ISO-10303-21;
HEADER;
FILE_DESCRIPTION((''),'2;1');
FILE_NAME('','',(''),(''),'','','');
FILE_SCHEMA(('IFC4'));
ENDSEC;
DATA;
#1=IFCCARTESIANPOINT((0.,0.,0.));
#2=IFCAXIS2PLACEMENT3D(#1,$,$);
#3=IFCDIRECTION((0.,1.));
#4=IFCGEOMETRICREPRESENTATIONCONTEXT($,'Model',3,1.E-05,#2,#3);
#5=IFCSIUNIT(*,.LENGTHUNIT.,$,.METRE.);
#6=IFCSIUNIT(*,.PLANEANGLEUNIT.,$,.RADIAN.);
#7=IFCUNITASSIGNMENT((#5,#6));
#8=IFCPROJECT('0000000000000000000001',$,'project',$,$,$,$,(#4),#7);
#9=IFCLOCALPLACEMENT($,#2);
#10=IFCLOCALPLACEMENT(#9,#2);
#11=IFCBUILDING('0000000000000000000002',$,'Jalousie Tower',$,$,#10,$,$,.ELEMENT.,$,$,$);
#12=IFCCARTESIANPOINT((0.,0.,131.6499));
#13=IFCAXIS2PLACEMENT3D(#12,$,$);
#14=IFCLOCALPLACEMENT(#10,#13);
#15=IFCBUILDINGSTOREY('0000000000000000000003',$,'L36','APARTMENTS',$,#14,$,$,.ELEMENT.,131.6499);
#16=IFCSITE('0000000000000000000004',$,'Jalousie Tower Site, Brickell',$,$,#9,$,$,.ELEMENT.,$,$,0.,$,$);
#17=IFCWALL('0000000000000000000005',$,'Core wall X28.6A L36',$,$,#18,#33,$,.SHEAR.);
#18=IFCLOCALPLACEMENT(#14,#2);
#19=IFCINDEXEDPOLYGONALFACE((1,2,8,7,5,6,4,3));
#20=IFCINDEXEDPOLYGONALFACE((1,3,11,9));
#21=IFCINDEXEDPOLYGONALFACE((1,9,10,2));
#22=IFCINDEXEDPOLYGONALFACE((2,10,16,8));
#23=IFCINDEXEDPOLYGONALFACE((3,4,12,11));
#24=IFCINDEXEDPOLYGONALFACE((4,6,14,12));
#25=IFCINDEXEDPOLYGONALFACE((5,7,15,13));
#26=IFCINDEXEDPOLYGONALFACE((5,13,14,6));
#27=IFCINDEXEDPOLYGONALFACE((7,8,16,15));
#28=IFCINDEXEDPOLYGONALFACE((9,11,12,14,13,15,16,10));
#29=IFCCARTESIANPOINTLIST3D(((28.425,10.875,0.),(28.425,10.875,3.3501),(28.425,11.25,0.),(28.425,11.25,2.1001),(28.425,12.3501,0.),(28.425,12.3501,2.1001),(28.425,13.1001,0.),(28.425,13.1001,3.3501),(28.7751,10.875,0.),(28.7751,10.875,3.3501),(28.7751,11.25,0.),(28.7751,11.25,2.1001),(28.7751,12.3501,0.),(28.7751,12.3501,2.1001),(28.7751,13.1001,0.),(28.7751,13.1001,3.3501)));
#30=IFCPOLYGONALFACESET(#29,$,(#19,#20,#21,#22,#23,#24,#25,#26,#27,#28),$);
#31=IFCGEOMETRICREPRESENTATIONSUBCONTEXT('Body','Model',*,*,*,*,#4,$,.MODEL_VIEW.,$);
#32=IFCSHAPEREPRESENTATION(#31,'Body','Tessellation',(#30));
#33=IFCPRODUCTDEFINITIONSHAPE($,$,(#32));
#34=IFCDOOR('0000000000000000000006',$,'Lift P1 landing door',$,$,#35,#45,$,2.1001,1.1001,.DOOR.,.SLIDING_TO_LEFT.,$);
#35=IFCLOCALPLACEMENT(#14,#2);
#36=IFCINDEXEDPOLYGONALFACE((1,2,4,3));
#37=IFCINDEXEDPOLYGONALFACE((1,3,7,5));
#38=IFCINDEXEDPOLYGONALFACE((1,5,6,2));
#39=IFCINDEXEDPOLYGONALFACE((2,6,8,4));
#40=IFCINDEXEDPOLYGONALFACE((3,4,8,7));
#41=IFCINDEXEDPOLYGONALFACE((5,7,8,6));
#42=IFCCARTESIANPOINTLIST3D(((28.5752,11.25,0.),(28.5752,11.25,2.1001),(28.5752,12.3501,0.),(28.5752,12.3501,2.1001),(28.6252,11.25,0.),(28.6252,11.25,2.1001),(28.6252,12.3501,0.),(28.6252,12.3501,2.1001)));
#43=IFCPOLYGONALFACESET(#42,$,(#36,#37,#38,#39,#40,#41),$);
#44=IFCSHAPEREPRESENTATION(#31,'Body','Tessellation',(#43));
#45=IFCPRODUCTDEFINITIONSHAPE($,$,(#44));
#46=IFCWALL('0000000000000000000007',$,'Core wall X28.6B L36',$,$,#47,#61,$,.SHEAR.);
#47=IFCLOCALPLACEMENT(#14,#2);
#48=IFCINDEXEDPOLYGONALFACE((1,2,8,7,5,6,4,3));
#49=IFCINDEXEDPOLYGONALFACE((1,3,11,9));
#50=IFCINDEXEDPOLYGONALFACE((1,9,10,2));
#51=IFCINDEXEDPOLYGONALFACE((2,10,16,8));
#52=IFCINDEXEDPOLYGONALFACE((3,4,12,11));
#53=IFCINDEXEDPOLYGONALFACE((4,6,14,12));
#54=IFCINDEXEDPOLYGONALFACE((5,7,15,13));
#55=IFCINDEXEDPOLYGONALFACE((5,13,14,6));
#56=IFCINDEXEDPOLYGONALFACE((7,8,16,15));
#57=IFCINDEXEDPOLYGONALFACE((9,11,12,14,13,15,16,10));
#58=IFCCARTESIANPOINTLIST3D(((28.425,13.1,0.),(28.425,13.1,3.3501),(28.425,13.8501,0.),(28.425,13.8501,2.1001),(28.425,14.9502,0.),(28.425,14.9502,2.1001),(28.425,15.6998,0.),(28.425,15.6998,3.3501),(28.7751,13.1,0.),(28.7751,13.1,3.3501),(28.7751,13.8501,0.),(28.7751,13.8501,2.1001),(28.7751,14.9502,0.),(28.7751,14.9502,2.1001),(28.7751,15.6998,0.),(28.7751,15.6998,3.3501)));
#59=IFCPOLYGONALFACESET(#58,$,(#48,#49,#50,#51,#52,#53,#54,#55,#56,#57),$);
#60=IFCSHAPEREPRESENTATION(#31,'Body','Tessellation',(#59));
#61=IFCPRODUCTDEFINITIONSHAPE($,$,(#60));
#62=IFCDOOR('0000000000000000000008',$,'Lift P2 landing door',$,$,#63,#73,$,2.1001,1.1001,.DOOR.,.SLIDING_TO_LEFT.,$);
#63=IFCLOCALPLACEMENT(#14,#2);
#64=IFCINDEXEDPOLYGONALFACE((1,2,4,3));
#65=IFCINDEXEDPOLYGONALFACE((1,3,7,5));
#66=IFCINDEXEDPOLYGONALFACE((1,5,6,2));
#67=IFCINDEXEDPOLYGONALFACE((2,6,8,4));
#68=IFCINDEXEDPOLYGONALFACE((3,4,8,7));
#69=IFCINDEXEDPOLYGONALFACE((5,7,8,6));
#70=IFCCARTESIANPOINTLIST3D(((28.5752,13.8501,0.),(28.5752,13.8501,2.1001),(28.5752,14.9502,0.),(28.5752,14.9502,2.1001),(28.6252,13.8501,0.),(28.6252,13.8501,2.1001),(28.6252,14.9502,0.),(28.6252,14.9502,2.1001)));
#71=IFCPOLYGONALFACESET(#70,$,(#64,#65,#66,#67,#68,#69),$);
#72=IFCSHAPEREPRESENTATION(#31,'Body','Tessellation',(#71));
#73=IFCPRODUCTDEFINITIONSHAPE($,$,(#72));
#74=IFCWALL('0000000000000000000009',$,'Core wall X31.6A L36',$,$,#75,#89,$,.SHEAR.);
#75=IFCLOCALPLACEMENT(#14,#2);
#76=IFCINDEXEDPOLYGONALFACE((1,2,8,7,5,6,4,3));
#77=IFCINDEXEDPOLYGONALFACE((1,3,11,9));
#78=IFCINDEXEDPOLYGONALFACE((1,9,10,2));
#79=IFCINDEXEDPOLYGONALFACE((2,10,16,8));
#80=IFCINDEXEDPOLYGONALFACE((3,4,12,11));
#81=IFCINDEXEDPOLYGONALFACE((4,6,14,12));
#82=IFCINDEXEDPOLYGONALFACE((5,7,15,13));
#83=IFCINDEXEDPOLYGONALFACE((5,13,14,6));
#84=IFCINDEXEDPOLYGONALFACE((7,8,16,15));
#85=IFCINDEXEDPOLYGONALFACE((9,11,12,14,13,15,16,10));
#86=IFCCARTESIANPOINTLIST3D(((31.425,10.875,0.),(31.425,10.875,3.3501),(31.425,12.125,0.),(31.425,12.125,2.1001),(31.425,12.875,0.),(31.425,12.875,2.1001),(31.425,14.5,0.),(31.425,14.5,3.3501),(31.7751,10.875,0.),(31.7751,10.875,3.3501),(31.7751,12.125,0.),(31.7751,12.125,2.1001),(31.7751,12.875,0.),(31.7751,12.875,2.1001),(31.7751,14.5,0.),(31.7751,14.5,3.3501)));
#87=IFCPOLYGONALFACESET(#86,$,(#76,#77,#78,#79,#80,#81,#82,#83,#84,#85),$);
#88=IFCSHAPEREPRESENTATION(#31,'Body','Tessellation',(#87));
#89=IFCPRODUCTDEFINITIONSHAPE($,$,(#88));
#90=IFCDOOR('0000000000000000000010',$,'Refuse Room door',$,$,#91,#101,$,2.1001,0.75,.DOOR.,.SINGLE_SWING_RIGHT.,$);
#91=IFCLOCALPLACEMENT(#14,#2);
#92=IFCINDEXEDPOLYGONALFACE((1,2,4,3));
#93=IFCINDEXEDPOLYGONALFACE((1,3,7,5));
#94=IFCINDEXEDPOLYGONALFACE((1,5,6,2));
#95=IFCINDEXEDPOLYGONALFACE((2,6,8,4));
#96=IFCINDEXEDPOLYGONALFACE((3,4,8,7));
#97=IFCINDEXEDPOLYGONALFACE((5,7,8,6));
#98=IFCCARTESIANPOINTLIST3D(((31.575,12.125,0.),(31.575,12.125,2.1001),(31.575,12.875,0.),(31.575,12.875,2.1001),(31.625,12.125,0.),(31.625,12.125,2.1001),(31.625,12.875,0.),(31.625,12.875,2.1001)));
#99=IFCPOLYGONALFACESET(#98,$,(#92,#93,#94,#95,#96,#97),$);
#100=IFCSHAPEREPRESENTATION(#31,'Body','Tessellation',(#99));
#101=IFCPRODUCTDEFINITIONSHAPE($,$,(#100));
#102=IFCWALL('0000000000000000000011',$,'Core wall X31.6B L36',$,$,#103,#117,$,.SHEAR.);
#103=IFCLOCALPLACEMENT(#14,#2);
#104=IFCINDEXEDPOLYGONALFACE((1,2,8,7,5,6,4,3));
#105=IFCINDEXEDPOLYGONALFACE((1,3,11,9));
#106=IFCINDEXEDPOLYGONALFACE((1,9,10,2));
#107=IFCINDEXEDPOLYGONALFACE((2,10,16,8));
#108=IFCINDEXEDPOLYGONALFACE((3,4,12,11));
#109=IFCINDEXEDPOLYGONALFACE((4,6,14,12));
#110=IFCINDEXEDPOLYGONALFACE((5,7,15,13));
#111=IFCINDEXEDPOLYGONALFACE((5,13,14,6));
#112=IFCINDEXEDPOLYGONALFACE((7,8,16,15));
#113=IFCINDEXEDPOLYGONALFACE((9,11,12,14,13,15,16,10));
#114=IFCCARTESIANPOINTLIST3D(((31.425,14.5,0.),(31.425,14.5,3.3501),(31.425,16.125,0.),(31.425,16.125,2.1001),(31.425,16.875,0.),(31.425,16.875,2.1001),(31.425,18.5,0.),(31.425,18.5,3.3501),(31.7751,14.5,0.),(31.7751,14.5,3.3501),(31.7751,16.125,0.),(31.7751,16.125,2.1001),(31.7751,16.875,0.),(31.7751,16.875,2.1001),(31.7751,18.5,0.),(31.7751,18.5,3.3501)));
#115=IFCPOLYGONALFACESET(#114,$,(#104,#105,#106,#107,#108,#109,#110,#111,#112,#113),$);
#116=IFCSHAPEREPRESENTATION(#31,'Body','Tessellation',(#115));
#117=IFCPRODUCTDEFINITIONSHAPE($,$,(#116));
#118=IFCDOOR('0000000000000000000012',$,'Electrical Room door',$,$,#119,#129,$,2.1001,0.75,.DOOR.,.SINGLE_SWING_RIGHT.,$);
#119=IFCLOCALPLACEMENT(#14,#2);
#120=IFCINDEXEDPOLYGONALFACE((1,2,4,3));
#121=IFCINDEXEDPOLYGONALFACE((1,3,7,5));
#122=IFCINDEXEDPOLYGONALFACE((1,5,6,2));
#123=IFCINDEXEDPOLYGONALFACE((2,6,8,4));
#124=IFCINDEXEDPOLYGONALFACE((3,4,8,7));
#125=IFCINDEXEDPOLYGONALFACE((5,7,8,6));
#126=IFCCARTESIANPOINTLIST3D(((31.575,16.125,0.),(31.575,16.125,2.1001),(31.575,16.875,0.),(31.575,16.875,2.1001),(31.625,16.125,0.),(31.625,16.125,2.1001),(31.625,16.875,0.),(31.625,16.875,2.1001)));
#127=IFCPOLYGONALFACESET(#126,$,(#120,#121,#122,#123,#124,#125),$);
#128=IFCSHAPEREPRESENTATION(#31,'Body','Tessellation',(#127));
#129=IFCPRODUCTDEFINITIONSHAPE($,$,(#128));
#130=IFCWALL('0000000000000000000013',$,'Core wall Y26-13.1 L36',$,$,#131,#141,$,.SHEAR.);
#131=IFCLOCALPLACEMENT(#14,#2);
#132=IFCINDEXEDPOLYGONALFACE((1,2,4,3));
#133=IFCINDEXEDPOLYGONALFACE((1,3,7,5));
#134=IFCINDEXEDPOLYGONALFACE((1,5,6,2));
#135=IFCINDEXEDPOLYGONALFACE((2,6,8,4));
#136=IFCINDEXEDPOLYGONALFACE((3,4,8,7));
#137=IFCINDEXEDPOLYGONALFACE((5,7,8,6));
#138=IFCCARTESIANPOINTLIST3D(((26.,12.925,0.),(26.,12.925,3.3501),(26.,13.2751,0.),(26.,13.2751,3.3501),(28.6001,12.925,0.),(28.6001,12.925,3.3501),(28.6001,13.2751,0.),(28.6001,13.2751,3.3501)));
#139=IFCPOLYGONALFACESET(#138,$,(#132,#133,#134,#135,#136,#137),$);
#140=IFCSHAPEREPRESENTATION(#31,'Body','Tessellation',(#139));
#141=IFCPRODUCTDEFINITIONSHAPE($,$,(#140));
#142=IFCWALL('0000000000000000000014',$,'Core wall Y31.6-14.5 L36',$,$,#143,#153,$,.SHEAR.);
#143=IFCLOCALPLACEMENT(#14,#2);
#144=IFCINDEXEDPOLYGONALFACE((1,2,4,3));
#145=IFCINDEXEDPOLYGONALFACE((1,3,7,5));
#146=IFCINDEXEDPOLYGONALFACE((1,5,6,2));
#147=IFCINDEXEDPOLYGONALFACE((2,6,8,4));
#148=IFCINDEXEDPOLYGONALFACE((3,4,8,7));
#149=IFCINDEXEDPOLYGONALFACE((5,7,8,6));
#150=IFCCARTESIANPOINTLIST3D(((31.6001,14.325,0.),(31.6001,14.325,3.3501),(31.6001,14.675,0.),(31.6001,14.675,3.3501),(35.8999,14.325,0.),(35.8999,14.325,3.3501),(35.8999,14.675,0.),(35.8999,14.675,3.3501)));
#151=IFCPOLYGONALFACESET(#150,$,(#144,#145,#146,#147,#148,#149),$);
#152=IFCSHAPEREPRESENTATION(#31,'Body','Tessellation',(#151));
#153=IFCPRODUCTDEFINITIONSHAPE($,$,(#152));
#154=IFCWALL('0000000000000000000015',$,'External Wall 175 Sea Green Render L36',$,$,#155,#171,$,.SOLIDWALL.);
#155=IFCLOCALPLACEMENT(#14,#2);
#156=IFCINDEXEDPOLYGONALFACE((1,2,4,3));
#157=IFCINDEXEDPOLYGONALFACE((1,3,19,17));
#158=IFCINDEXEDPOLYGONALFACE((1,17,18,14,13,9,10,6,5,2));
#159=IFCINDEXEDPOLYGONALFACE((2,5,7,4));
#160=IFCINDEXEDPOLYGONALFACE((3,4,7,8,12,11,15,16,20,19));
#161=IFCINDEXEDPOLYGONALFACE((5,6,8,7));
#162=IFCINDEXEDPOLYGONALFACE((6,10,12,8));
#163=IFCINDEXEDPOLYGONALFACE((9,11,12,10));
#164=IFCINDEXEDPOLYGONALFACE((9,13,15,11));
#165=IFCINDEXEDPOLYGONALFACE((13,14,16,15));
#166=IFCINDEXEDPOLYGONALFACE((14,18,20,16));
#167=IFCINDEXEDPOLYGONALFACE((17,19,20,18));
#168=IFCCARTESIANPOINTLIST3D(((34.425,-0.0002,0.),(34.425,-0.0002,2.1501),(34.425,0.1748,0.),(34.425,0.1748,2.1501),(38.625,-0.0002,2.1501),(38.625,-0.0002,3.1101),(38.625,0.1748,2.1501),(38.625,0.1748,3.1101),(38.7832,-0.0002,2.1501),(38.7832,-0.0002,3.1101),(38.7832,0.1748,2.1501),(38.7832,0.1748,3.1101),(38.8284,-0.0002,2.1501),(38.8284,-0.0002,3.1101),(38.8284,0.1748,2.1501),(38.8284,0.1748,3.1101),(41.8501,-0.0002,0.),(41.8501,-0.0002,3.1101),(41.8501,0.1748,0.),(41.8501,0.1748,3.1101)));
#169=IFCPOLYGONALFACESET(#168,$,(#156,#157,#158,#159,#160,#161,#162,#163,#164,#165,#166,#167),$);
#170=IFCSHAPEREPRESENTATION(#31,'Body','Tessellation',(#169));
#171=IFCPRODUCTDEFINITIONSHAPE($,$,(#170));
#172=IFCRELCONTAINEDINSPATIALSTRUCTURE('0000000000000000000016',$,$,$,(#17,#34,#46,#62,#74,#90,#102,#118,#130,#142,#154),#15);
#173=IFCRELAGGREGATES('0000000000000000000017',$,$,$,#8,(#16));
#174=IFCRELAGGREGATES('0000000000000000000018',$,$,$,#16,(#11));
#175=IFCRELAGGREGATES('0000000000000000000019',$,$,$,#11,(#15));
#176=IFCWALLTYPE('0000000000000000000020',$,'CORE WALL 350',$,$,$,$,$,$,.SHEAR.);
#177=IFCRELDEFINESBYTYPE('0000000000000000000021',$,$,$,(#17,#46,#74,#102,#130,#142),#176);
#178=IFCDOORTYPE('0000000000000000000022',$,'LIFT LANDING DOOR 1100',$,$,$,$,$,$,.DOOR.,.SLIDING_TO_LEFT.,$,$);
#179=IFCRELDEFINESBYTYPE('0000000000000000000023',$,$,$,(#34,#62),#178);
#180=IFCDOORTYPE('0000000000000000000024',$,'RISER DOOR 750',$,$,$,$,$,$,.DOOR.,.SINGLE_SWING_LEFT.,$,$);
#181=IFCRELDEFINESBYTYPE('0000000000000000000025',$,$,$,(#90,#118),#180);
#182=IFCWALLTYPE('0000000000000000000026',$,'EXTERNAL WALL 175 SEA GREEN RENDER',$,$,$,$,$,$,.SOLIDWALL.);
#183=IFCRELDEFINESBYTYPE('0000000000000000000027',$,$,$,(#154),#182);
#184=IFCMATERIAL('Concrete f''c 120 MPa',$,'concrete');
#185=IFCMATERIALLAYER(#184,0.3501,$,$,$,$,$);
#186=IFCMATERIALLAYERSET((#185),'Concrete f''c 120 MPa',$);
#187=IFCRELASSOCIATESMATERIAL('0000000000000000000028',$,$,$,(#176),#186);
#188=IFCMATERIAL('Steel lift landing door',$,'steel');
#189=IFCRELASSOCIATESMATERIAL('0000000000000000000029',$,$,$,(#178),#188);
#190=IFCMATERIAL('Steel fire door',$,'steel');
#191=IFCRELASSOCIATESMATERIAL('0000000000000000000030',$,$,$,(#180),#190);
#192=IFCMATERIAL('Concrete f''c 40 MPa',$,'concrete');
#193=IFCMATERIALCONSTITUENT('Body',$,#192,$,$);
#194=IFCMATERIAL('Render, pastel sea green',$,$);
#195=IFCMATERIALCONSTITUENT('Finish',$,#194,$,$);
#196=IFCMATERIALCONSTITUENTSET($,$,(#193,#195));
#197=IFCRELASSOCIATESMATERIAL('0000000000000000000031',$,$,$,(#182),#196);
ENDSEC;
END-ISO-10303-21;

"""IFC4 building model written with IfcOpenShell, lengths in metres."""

from ifc_helpers import new_model, si_unit, direction, frame, frame_2d, origin, place, context, subcontext, project, spatial, polyline, rectangle, outline, extrude, material, layer, layer_set, constituent, constituent_set, type_object, element, fill, save


model = new_model("IFC4")

# Units and contexts
model_context = context("Model", 3, precision=1e-05, world=origin(), true_north=direction((0.0, 1.0)))
body_context = subcontext(model_context, "Body", "Model", "MODEL_VIEW")
ifc_project = project(units=[si_unit("LENGTHUNIT", "METRE"), si_unit("PLANEANGLEUNIT", "RADIAN")], contexts=[model_context])

# Site, building, storey
site_placement = place(None, origin())
site = spatial("IfcSite", under=ifc_project, at=site_placement, Name="Jalousie Tower Site, Brickell", CompositionType="ELEMENT", RefElevation=0.0)
building_placement = place(site_placement, origin())
building = spatial("IfcBuilding", under=site, at=building_placement, Name="Jalousie Tower", CompositionType="ELEMENT")
storey_placement = place(building_placement, frame((0.0, 0.0, 131.6499)))
storey = spatial("IfcBuildingStorey", under=building, at=storey_placement, Name="L36", Description="APARTMENTS", CompositionType="ELEMENT", Elevation=131.6499)

# Walls, openings, doors
ifc_material_1 = material(Name="Concrete f'c 120 MPa", Category="concrete")
ifc_layer_1 = layer(ifc_material_1, 0.3501)
ifc_layer_set_1 = layer_set([ifc_layer_1], Name="Concrete f'c 120 MPa")
wall_type_1 = type_object("IfcWallType", Name="CORE WALL 350", PredefinedType="SHEAR", material=ifc_layer_set_1)
wall_1_placement = place(storey_placement, frame((28.6001, 10.875, 0.0), z_axis=(0.0, 0.0, 1.0), x_axis=(0.0, 1.0, 0.0)))
wall_1 = element("IfcWall", 1, at=wall_1_placement, inside=storey, type_object=wall_type_1, Name="Core wall X28.6A L36", PredefinedType="SHEAR", context=body_context, shape_type="SweptSolid", body=[
    extrude(rectangle(XDim=2.2251, YDim=0.3501, at=frame_2d((1.1125, 0.0))), origin(), (0.0, 0.0, 1.0), 3.3501),
])
opening_1_placement = place(wall_1_placement, frame((0.375, 0.0, 0.0)))
opening_1 = element("IfcOpeningElement", 2, at=opening_1_placement, cuts=wall_1, PredefinedType="OPENING", context=body_context, shape_type="SweptSolid", body=[
    extrude(rectangle(XDim=1.1001, YDim=2.1001, at=frame_2d((0.55, 1.05))), frame((0.0, 0.1851, 0.0), z_axis=(0.0, -1.0, 0.0), x_axis=(1.0, 0.0, 0.0)), (0.0, 0.0, 1.0), 0.3701),
])
ifc_material_2 = material(Name="Steel lift landing door", Category="steel")
door_type_1 = type_object("IfcDoorType", Name="LIFT LANDING DOOR 1100", OperationType="SLIDING_TO_LEFT", PredefinedType="DOOR", material=ifc_material_2)
door_1_placement = place(opening_1_placement, origin())
door_1 = element("IfcDoor", 3, at=door_1_placement, inside=storey, type_object=door_type_1, Name="Lift P1 landing door", OperationType="SLIDING_TO_LEFT", OverallHeight=2.1001, OverallWidth=1.1001, PredefinedType="DOOR", context=body_context, shape_type="SweptSolid", body=[
    extrude(rectangle(XDim=1.1001, YDim=2.1001, at=frame_2d((0.55, 1.05))), frame((0.0, 0.0249, 0.0), z_axis=(0.0, -1.0, 0.0), x_axis=(1.0, 0.0, 0.0)), (0.0, 0.0, 1.0), 0.05),
])
fill(opening_1, door_1)
wall_2_placement = place(storey_placement, frame((28.6001, 13.1001, 0.0), z_axis=(0.0, 0.0, 1.0), x_axis=(0.0, 1.0, 0.0)))
wall_2 = element("IfcWall", 4, at=wall_2_placement, inside=storey, type_object=wall_type_1, Name="Core wall X28.6B L36", PredefinedType="SHEAR", context=body_context, shape_type="SweptSolid", body=[
    extrude(rectangle(XDim=2.5999, YDim=0.3501, at=frame_2d((1.2998, 0.0))), origin(), (0.0, 0.0, 1.0), 3.3501),
])
opening_2_placement = place(wall_2_placement, frame((0.75, 0.0, 0.0)))
opening_2 = element("IfcOpeningElement", 5, at=opening_2_placement, cuts=wall_2, PredefinedType="OPENING", context=body_context, shape_type="SweptSolid", body=[
    extrude(rectangle(XDim=1.1001, YDim=2.1001, at=frame_2d((0.55, 1.05))), frame((0.0, 0.1851, 0.0), z_axis=(0.0, -1.0, 0.0), x_axis=(1.0, 0.0, 0.0)), (0.0, 0.0, 1.0), 0.3701),
])
door_2_placement = place(opening_2_placement, origin())
door_2 = element("IfcDoor", 6, at=door_2_placement, inside=storey, type_object=door_type_1, Name="Lift P2 landing door", OperationType="SLIDING_TO_LEFT", OverallHeight=2.1001, OverallWidth=1.1001, PredefinedType="DOOR", context=body_context, shape_type="SweptSolid", body=[
    extrude(rectangle(XDim=1.1001, YDim=2.1001, at=frame_2d((0.55, 1.05))), frame((0.0, 0.0249, 0.0), z_axis=(0.0, -1.0, 0.0), x_axis=(1.0, 0.0, 0.0)), (0.0, 0.0, 1.0), 0.05),
])
fill(opening_2, door_2)
wall_3_placement = place(storey_placement, frame((31.6001, 10.875, 0.0), z_axis=(0.0, 0.0, 1.0), x_axis=(0.0, 1.0, 0.0)))
wall_3 = element("IfcWall", 7, at=wall_3_placement, inside=storey, type_object=wall_type_1, Name="Core wall X31.6A L36", PredefinedType="SHEAR", context=body_context, shape_type="SweptSolid", body=[
    extrude(rectangle(XDim=3.625, YDim=0.3501, at=frame_2d((1.8125, 0.0))), origin(), (0.0, 0.0, 1.0), 3.3501),
])
opening_3_placement = place(wall_3_placement, frame((1.25, 0.0, 0.0)))
opening_3 = element("IfcOpeningElement", 8, at=opening_3_placement, cuts=wall_3, PredefinedType="OPENING", context=body_context, shape_type="SweptSolid", body=[
    extrude(rectangle(XDim=0.75, YDim=2.1001, at=frame_2d((0.375, 1.05))), frame((0.0, 0.1851, 0.0), z_axis=(0.0, -1.0, 0.0), x_axis=(1.0, 0.0, 0.0)), (0.0, 0.0, 1.0), 0.3701),
])
ifc_material_3 = material(Name="Steel fire door", Category="steel")
door_type_2 = type_object("IfcDoorType", Name="RISER DOOR 750", OperationType="SINGLE_SWING_LEFT", PredefinedType="DOOR", material=ifc_material_3)
door_3_placement = place(opening_3_placement, frame((0.75, 0.0, 0.0), z_axis=(0.0, 0.0, 1.0), x_axis=(-1.0, 0.0, 0.0)))
door_3 = element("IfcDoor", 9, at=door_3_placement, inside=storey, type_object=door_type_2, Name="Refuse Room door", OperationType="SINGLE_SWING_RIGHT", OverallHeight=2.1001, OverallWidth=0.75, PredefinedType="DOOR", context=body_context, shape_type="SweptSolid", body=[
    extrude(rectangle(XDim=0.75, YDim=2.1001, at=frame_2d((0.375, 1.05))), frame((0.0, 0.0249, 0.0), z_axis=(0.0, -1.0, 0.0), x_axis=(1.0, 0.0, 0.0)), (0.0, 0.0, 1.0), 0.05),
])
fill(opening_3, door_3)
wall_4_placement = place(storey_placement, frame((31.6001, 14.5, 0.0), z_axis=(0.0, 0.0, 1.0), x_axis=(0.0, 1.0, 0.0)))
wall_4 = element("IfcWall", 10, at=wall_4_placement, inside=storey, type_object=wall_type_1, Name="Core wall X31.6B L36", PredefinedType="SHEAR", context=body_context, shape_type="SweptSolid", body=[
    extrude(rectangle(XDim=4.0, YDim=0.3501, at=frame_2d((2.0, 0.0))), origin(), (0.0, 0.0, 1.0), 3.3501),
])
opening_4_placement = place(wall_4_placement, frame((1.625, 0.0, 0.0)))
opening_4 = element("IfcOpeningElement", 11, at=opening_4_placement, cuts=wall_4, PredefinedType="OPENING", context=body_context, shape_type="SweptSolid", body=[
    extrude(rectangle(XDim=0.75, YDim=2.1001, at=frame_2d((0.375, 1.05))), frame((0.0, 0.1851, 0.0), z_axis=(0.0, -1.0, 0.0), x_axis=(1.0, 0.0, 0.0)), (0.0, 0.0, 1.0), 0.3701),
])
door_4_placement = place(opening_4_placement, frame((0.75, 0.0, 0.0), z_axis=(0.0, 0.0, 1.0), x_axis=(-1.0, 0.0, 0.0)))
door_4 = element("IfcDoor", 12, at=door_4_placement, inside=storey, type_object=door_type_2, Name="Electrical Room door", OperationType="SINGLE_SWING_RIGHT", OverallHeight=2.1001, OverallWidth=0.75, PredefinedType="DOOR", context=body_context, shape_type="SweptSolid", body=[
    extrude(rectangle(XDim=0.75, YDim=2.1001, at=frame_2d((0.375, 1.05))), frame((0.0, 0.0249, 0.0), z_axis=(0.0, -1.0, 0.0), x_axis=(1.0, 0.0, 0.0)), (0.0, 0.0, 1.0), 0.05),
])
fill(opening_4, door_4)

# Walls
wall_5_placement = place(storey_placement, frame((26.0, 13.1001, 0.0), z_axis=(0.0, 0.0, 1.0), x_axis=(1.0, 0.0, 0.0)))
element("IfcWall", 13, at=wall_5_placement, inside=storey, type_object=wall_type_1, Name="Core wall Y26-13.1 L36", PredefinedType="SHEAR", context=body_context, shape_type="SweptSolid", body=[
    extrude(rectangle(XDim=2.6001, YDim=0.3501, at=frame_2d((1.3, 0.0))), origin(), (0.0, 0.0, 1.0), 3.3501),
])
wall_6_placement = place(storey_placement, frame((31.6001, 14.5, 0.0), z_axis=(0.0, 0.0, 1.0), x_axis=(1.0, 0.0, 0.0)))
element("IfcWall", 14, at=wall_6_placement, inside=storey, type_object=wall_type_1, Name="Core wall Y31.6-14.5 L36", PredefinedType="SHEAR", context=body_context, shape_type="SweptSolid", body=[
    extrude(rectangle(XDim=4.2998, YDim=0.3501, at=frame_2d((2.1499, 0.0))), origin(), (0.0, 0.0, 1.0), 3.3501),
])
ifc_material_4 = material(Name="Concrete f'c 40 MPa", Category="concrete")
ifc_constituent_1 = constituent(ifc_material_4, Name="Body")
ifc_material_5 = material(Name="Render, pastel sea green")
ifc_constituent_2 = constituent(ifc_material_5, Name="Finish")
ifc_constituent_set = constituent_set(constituents=[ifc_constituent_1, ifc_constituent_2])
wall_type_2 = type_object("IfcWallType", Name="EXTERNAL WALL 175 SEA GREEN RENDER", PredefinedType="SOLIDWALL", material=ifc_constituent_set)
wall_7_placement = place(storey_placement, frame((34.425, 0.0874, 0.0), z_axis=(0.0, 0.0, 1.0), x_axis=(1.0, 0.0, 0.0)))
element("IfcWall", 15, at=wall_7_placement, inside=storey, type_object=wall_type_2, Name="External Wall 175 Sea Green Render L36", PredefinedType="SOLIDWALL", context=body_context, shape_type="SweptSolid", body=[
    extrude(outline(polyline([(0.0, 0.0), (7.425, 0.0), (7.425, 3.1101), (4.4033, 3.1101), (4.4033, 2.1501), (4.3582, 2.1501), (4.3582, 3.1101), (4.2, 3.1101), (4.2, 2.1501), (0.0, 2.1501), (0.0, 0.0)])), frame((0.0, 0.0874, 0.0), z_axis=(0.0, -1.0, 0.0), x_axis=(1.0, 0.0, 0.0)), (0.0, 0.0, 1.0), 0.175),
])

save(model, "model.ifc")
